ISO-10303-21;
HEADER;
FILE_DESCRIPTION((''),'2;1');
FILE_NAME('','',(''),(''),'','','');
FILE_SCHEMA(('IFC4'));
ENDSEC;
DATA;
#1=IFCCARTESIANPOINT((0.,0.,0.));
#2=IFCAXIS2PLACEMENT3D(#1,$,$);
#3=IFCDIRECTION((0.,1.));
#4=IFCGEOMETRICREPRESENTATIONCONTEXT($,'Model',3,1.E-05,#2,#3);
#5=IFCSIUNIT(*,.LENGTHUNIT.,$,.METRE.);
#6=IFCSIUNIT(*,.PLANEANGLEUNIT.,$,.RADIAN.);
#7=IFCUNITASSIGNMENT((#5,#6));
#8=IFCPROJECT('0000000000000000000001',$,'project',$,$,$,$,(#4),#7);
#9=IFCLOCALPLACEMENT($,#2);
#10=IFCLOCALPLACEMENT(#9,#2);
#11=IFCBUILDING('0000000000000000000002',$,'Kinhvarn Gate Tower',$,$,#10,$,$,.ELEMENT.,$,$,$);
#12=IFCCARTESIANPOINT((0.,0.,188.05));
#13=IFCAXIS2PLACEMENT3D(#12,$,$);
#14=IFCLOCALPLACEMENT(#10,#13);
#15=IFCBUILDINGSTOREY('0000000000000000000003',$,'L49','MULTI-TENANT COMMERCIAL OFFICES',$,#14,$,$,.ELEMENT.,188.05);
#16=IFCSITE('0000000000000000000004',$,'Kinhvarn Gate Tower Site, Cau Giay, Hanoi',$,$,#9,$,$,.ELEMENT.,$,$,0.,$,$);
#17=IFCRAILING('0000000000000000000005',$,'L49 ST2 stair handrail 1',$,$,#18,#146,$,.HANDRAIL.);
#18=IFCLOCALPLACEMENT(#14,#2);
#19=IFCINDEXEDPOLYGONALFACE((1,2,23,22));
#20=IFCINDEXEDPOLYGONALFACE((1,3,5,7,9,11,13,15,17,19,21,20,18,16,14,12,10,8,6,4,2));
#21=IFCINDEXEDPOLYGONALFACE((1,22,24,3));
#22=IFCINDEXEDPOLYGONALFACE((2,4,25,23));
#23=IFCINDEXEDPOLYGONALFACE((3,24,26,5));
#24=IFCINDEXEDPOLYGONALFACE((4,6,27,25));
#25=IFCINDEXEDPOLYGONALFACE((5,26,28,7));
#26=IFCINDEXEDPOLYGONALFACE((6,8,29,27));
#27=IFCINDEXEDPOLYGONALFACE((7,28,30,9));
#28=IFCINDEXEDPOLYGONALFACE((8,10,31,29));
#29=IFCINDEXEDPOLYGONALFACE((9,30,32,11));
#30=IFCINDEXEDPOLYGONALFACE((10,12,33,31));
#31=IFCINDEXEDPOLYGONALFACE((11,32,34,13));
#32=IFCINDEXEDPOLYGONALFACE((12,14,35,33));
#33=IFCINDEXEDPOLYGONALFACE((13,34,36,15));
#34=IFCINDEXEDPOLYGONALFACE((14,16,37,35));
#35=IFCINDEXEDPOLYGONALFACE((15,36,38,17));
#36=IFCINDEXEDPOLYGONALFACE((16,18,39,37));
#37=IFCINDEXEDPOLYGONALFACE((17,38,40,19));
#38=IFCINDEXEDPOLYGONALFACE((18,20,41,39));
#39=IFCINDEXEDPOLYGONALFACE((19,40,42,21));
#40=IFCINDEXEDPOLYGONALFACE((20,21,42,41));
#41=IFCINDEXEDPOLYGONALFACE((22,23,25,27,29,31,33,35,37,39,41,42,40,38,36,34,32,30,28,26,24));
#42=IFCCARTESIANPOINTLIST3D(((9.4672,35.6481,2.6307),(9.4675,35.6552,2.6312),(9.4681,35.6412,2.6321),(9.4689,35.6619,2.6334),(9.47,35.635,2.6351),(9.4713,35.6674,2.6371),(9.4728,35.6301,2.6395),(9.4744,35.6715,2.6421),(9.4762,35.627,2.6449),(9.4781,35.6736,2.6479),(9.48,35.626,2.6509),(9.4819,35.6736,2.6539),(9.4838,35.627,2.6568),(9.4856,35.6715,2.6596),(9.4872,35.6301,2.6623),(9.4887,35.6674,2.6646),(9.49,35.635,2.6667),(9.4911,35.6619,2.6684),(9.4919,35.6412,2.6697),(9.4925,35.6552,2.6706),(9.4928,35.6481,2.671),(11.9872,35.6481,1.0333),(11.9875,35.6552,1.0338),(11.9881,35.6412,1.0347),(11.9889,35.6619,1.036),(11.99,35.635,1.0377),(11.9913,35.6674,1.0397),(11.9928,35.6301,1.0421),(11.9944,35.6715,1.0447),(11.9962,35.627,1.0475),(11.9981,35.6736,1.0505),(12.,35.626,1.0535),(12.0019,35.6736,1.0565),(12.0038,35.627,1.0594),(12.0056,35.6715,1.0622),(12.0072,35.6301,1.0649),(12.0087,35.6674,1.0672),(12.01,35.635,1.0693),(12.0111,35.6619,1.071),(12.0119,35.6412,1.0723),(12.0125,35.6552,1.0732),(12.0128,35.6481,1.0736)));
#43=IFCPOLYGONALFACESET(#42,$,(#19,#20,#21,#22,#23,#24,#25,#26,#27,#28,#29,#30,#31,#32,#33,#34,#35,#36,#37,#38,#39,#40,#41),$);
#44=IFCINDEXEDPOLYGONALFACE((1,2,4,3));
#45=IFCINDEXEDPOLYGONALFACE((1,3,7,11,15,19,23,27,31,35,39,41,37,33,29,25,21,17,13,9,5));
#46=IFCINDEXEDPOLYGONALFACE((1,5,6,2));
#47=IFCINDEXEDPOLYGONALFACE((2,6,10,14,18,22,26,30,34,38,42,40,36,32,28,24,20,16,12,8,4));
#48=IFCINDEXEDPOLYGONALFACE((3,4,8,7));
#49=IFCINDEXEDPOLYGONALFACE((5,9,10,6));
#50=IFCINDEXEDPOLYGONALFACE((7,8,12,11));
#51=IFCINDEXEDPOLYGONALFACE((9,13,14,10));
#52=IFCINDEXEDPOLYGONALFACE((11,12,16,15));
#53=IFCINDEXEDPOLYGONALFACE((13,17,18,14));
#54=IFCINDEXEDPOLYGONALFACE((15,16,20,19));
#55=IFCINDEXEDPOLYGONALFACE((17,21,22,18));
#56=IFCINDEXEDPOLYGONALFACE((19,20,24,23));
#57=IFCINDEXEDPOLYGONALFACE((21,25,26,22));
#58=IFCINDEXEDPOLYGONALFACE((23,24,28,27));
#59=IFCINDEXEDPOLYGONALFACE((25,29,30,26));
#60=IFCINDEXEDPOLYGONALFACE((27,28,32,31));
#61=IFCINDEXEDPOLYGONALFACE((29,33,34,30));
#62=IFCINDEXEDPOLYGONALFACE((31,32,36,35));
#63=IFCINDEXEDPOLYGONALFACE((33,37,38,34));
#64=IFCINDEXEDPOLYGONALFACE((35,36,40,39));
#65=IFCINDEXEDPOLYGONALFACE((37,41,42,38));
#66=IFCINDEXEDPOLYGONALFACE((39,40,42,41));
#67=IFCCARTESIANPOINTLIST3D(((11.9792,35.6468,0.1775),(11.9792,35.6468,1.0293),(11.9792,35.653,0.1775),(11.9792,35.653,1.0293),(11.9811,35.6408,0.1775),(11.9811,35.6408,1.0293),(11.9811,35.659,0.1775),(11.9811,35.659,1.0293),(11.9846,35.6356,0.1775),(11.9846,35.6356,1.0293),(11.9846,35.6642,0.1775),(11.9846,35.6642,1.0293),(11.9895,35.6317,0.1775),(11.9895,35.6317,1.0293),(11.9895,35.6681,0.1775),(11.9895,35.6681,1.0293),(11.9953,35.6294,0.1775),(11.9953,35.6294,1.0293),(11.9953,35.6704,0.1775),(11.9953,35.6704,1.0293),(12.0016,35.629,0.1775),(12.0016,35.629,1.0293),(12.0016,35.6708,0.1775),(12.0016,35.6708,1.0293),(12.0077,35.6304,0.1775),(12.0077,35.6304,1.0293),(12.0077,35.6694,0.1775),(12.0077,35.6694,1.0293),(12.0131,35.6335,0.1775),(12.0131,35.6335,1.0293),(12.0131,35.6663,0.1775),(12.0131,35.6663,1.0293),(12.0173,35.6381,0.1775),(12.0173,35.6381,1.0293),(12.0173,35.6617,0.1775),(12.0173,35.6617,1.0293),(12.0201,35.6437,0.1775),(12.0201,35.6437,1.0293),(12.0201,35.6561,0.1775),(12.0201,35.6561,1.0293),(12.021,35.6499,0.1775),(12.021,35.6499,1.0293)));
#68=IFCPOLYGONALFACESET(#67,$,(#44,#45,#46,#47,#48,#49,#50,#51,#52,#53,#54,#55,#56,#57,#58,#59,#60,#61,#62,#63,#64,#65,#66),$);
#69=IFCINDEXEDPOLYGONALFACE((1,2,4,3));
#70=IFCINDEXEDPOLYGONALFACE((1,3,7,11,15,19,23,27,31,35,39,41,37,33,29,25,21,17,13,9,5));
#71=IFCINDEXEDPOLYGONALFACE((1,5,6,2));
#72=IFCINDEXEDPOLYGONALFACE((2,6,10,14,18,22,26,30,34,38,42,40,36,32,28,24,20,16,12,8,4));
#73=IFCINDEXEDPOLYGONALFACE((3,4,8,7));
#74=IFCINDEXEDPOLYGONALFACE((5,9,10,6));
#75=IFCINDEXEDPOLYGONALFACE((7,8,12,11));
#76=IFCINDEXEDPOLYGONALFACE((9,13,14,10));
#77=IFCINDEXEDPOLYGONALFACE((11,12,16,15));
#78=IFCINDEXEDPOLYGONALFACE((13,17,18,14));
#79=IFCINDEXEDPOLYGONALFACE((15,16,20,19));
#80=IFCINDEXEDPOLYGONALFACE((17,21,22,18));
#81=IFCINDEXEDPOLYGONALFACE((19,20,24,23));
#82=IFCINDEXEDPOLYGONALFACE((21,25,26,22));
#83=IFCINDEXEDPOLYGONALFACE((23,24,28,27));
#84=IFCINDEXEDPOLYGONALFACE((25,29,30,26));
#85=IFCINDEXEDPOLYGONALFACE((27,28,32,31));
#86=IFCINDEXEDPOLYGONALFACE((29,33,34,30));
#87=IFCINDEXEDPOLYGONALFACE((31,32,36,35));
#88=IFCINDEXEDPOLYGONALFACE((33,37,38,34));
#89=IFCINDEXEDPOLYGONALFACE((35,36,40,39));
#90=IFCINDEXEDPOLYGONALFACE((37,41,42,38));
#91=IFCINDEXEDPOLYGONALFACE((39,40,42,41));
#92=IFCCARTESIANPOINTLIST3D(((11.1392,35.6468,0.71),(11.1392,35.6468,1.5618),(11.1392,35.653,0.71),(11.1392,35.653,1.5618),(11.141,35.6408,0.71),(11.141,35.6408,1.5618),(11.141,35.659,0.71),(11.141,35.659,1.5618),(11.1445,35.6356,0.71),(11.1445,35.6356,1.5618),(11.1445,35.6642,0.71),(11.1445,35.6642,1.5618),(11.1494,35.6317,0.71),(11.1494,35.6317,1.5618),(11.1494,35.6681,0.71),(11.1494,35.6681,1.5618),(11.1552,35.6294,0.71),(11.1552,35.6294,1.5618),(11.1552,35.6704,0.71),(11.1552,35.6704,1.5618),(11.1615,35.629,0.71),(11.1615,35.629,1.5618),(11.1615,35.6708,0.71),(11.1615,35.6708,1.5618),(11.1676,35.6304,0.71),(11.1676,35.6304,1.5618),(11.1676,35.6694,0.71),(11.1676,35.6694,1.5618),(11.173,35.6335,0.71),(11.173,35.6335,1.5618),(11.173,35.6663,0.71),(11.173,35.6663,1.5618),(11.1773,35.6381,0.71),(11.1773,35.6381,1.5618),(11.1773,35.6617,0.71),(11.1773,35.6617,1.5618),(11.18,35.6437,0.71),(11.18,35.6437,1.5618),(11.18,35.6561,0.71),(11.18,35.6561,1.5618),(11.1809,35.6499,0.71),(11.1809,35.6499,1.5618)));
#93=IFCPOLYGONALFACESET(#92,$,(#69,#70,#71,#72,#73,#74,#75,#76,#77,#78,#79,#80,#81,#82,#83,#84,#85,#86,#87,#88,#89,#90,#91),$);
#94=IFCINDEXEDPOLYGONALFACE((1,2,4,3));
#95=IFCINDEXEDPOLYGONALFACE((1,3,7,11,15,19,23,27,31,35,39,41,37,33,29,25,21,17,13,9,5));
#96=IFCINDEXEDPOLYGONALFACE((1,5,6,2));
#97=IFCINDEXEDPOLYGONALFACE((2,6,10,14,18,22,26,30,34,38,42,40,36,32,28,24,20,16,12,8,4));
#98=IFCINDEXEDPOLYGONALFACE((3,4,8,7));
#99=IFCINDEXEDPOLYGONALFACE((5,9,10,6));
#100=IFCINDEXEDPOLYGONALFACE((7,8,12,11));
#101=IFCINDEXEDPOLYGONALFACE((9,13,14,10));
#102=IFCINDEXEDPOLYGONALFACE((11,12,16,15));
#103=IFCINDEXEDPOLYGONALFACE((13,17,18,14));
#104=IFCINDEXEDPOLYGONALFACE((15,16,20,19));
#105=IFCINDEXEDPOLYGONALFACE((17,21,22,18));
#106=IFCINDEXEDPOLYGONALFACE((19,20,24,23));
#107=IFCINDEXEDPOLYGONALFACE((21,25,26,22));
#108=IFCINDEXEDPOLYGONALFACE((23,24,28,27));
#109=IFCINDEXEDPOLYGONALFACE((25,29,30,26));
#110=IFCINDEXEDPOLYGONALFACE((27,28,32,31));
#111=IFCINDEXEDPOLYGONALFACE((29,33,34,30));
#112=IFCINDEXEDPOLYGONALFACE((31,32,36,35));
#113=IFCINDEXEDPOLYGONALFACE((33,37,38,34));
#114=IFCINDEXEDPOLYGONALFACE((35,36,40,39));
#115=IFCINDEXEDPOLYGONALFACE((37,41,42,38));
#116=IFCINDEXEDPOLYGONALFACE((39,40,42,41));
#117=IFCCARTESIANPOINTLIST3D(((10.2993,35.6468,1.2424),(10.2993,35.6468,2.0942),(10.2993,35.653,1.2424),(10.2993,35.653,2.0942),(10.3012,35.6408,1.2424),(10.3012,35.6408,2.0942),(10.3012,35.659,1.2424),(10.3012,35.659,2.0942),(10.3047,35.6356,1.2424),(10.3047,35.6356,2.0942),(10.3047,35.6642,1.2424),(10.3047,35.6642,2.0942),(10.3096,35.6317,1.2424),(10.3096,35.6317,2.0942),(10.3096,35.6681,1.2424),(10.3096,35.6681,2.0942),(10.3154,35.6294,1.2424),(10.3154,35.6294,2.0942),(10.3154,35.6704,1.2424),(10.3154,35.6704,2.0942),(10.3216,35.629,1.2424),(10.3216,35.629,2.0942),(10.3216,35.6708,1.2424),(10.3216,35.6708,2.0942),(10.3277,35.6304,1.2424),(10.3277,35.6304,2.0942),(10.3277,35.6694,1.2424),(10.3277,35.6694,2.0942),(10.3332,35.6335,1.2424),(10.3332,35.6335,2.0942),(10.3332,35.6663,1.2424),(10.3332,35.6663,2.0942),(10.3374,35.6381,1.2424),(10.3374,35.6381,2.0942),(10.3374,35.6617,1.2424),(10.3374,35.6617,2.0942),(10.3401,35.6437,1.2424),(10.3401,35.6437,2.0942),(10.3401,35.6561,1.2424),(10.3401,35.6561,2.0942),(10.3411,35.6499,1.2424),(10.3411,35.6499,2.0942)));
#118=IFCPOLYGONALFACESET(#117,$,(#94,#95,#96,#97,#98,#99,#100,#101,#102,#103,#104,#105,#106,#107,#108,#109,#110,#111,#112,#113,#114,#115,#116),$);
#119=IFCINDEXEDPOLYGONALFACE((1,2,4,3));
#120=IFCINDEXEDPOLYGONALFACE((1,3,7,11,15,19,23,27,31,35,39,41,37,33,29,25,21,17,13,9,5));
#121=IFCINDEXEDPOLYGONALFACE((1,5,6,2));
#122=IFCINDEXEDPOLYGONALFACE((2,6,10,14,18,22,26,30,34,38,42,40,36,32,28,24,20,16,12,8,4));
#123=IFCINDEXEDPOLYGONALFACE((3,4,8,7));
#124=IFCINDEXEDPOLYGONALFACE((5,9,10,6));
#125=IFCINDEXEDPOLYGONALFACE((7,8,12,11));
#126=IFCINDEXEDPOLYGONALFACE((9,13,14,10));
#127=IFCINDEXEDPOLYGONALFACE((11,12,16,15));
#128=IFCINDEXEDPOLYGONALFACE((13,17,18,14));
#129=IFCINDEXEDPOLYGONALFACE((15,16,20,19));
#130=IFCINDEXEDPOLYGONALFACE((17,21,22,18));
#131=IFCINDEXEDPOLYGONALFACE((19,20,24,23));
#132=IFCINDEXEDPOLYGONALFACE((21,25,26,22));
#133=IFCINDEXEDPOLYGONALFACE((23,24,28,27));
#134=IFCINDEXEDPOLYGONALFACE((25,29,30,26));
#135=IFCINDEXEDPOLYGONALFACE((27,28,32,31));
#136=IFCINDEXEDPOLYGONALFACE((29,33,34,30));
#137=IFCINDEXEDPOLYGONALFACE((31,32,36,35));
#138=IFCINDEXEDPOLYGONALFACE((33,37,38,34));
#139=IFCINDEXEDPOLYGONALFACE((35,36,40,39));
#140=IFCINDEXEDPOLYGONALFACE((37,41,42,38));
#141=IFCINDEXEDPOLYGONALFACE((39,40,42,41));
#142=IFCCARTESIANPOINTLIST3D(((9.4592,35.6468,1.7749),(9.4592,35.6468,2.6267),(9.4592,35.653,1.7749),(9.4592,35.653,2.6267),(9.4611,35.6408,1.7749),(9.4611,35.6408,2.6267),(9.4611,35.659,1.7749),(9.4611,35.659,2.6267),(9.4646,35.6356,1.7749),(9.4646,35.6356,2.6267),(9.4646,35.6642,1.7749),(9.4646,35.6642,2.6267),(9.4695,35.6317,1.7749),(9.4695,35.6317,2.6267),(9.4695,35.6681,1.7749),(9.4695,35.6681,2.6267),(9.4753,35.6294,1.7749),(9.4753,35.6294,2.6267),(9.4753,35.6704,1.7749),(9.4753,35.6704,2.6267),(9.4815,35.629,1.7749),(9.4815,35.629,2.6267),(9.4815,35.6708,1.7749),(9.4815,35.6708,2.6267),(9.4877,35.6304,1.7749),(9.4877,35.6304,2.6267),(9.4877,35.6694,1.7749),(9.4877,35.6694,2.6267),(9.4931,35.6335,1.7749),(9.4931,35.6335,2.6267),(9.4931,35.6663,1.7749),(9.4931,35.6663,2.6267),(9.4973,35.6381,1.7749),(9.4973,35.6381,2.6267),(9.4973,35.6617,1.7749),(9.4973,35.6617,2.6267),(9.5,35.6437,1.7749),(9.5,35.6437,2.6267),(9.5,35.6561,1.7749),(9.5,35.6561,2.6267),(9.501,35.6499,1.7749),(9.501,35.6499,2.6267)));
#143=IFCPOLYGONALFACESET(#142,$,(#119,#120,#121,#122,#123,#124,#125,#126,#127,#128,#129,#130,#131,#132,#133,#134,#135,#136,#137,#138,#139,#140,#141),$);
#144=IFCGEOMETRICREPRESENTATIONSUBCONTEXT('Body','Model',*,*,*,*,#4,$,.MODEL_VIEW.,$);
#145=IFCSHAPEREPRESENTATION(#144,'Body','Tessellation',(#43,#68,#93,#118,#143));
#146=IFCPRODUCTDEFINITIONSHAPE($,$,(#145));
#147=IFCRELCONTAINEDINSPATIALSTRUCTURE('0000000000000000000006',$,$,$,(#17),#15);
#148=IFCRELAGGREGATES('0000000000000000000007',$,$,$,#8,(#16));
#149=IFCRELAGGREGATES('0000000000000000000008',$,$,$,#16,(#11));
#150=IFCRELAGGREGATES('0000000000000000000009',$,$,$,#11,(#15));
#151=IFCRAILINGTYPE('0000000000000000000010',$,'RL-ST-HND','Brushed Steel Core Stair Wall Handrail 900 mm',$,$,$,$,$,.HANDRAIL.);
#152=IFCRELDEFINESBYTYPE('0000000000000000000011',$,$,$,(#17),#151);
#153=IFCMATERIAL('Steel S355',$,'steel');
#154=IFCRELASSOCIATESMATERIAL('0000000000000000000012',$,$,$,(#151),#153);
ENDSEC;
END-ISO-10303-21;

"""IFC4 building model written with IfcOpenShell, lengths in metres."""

from ifc_helpers import new_model, si_unit, direction, frame, origin, origin_2d, place, context, subcontext, project, spatial, circle, extrude, material, type_object, element, save


model = new_model("IFC4")

# Units and contexts
model_context = context("Model", 3, precision=1e-05, world=origin(), true_north=direction((0.0, 1.0)))
body_context = subcontext(model_context, "Body", "Model", "MODEL_VIEW")
ifc_project = project(units=[si_unit("LENGTHUNIT", "METRE"), si_unit("PLANEANGLEUNIT", "RADIAN")], contexts=[model_context])

# Site, building, storey
site_placement = place(None, origin())
site = spatial("IfcSite", under=ifc_project, at=site_placement, Name="Kinhvarn Gate Tower Site, Cau Giay, Hanoi", CompositionType="ELEMENT", RefElevation=0.0)
building_placement = place(site_placement, origin())
building = spatial("IfcBuilding", under=site, at=building_placement, Name="Kinhvarn Gate Tower", CompositionType="ELEMENT")
storey_placement = place(building_placement, frame((0.0, 0.0, 188.05)))
storey = spatial("IfcBuildingStorey", under=building, at=storey_placement, Name="L49", Description="MULTI-TENANT COMMERCIAL OFFICES", CompositionType="ELEMENT", Elevation=188.05)

# Shared definitions
ifc_material_1 = material(Name="Steel S355", Category="steel")

# Railing
railing_type_1 = type_object("IfcRailingType", Name="RL-ST-HND", Description="Brushed Steel Core Stair Wall Handrail 900 mm", PredefinedType="HANDRAIL", material=ifc_material_1)
railing_1_placement = place(storey_placement, frame((12.0, 35.6499, 0.1775)))
element("IfcRailing", 1, at=railing_1_placement, inside=storey, type_object=railing_type_1, Name="L49 ST2 stair handrail 1", PredefinedType="HANDRAIL", context=body_context, shape_type="SweptSolid", body=[
    extrude(circle(Radius=0.0239, at=origin_2d()), frame((0.0, 0.0, 0.876), z_axis=(-0.844607, 0.0, 0.535387), x_axis=(0.0, -1.0, 0.0)), (0.0, 0.0, 1.0), 2.9836),
    extrude(circle(Radius=0.021, at=origin_2d()), origin(), (0.0, 0.0, 1.0), 0.8518),
    extrude(circle(Radius=0.021, at=origin_2d()), frame((-0.8401, 0.0, 0.5325)), (0.0, 0.0, 1.0), 0.8518),
    extrude(circle(Radius=0.021, at=origin_2d()), frame((-1.6799, 0.0, 1.0649)), (0.0, 0.0, 1.0), 0.8518),
    extrude(circle(Radius=0.021, at=origin_2d()), frame((-2.52, 0.0, 1.5974)), (0.0, 0.0, 1.0), 0.8518),
])

save(model, "model.ifc")
